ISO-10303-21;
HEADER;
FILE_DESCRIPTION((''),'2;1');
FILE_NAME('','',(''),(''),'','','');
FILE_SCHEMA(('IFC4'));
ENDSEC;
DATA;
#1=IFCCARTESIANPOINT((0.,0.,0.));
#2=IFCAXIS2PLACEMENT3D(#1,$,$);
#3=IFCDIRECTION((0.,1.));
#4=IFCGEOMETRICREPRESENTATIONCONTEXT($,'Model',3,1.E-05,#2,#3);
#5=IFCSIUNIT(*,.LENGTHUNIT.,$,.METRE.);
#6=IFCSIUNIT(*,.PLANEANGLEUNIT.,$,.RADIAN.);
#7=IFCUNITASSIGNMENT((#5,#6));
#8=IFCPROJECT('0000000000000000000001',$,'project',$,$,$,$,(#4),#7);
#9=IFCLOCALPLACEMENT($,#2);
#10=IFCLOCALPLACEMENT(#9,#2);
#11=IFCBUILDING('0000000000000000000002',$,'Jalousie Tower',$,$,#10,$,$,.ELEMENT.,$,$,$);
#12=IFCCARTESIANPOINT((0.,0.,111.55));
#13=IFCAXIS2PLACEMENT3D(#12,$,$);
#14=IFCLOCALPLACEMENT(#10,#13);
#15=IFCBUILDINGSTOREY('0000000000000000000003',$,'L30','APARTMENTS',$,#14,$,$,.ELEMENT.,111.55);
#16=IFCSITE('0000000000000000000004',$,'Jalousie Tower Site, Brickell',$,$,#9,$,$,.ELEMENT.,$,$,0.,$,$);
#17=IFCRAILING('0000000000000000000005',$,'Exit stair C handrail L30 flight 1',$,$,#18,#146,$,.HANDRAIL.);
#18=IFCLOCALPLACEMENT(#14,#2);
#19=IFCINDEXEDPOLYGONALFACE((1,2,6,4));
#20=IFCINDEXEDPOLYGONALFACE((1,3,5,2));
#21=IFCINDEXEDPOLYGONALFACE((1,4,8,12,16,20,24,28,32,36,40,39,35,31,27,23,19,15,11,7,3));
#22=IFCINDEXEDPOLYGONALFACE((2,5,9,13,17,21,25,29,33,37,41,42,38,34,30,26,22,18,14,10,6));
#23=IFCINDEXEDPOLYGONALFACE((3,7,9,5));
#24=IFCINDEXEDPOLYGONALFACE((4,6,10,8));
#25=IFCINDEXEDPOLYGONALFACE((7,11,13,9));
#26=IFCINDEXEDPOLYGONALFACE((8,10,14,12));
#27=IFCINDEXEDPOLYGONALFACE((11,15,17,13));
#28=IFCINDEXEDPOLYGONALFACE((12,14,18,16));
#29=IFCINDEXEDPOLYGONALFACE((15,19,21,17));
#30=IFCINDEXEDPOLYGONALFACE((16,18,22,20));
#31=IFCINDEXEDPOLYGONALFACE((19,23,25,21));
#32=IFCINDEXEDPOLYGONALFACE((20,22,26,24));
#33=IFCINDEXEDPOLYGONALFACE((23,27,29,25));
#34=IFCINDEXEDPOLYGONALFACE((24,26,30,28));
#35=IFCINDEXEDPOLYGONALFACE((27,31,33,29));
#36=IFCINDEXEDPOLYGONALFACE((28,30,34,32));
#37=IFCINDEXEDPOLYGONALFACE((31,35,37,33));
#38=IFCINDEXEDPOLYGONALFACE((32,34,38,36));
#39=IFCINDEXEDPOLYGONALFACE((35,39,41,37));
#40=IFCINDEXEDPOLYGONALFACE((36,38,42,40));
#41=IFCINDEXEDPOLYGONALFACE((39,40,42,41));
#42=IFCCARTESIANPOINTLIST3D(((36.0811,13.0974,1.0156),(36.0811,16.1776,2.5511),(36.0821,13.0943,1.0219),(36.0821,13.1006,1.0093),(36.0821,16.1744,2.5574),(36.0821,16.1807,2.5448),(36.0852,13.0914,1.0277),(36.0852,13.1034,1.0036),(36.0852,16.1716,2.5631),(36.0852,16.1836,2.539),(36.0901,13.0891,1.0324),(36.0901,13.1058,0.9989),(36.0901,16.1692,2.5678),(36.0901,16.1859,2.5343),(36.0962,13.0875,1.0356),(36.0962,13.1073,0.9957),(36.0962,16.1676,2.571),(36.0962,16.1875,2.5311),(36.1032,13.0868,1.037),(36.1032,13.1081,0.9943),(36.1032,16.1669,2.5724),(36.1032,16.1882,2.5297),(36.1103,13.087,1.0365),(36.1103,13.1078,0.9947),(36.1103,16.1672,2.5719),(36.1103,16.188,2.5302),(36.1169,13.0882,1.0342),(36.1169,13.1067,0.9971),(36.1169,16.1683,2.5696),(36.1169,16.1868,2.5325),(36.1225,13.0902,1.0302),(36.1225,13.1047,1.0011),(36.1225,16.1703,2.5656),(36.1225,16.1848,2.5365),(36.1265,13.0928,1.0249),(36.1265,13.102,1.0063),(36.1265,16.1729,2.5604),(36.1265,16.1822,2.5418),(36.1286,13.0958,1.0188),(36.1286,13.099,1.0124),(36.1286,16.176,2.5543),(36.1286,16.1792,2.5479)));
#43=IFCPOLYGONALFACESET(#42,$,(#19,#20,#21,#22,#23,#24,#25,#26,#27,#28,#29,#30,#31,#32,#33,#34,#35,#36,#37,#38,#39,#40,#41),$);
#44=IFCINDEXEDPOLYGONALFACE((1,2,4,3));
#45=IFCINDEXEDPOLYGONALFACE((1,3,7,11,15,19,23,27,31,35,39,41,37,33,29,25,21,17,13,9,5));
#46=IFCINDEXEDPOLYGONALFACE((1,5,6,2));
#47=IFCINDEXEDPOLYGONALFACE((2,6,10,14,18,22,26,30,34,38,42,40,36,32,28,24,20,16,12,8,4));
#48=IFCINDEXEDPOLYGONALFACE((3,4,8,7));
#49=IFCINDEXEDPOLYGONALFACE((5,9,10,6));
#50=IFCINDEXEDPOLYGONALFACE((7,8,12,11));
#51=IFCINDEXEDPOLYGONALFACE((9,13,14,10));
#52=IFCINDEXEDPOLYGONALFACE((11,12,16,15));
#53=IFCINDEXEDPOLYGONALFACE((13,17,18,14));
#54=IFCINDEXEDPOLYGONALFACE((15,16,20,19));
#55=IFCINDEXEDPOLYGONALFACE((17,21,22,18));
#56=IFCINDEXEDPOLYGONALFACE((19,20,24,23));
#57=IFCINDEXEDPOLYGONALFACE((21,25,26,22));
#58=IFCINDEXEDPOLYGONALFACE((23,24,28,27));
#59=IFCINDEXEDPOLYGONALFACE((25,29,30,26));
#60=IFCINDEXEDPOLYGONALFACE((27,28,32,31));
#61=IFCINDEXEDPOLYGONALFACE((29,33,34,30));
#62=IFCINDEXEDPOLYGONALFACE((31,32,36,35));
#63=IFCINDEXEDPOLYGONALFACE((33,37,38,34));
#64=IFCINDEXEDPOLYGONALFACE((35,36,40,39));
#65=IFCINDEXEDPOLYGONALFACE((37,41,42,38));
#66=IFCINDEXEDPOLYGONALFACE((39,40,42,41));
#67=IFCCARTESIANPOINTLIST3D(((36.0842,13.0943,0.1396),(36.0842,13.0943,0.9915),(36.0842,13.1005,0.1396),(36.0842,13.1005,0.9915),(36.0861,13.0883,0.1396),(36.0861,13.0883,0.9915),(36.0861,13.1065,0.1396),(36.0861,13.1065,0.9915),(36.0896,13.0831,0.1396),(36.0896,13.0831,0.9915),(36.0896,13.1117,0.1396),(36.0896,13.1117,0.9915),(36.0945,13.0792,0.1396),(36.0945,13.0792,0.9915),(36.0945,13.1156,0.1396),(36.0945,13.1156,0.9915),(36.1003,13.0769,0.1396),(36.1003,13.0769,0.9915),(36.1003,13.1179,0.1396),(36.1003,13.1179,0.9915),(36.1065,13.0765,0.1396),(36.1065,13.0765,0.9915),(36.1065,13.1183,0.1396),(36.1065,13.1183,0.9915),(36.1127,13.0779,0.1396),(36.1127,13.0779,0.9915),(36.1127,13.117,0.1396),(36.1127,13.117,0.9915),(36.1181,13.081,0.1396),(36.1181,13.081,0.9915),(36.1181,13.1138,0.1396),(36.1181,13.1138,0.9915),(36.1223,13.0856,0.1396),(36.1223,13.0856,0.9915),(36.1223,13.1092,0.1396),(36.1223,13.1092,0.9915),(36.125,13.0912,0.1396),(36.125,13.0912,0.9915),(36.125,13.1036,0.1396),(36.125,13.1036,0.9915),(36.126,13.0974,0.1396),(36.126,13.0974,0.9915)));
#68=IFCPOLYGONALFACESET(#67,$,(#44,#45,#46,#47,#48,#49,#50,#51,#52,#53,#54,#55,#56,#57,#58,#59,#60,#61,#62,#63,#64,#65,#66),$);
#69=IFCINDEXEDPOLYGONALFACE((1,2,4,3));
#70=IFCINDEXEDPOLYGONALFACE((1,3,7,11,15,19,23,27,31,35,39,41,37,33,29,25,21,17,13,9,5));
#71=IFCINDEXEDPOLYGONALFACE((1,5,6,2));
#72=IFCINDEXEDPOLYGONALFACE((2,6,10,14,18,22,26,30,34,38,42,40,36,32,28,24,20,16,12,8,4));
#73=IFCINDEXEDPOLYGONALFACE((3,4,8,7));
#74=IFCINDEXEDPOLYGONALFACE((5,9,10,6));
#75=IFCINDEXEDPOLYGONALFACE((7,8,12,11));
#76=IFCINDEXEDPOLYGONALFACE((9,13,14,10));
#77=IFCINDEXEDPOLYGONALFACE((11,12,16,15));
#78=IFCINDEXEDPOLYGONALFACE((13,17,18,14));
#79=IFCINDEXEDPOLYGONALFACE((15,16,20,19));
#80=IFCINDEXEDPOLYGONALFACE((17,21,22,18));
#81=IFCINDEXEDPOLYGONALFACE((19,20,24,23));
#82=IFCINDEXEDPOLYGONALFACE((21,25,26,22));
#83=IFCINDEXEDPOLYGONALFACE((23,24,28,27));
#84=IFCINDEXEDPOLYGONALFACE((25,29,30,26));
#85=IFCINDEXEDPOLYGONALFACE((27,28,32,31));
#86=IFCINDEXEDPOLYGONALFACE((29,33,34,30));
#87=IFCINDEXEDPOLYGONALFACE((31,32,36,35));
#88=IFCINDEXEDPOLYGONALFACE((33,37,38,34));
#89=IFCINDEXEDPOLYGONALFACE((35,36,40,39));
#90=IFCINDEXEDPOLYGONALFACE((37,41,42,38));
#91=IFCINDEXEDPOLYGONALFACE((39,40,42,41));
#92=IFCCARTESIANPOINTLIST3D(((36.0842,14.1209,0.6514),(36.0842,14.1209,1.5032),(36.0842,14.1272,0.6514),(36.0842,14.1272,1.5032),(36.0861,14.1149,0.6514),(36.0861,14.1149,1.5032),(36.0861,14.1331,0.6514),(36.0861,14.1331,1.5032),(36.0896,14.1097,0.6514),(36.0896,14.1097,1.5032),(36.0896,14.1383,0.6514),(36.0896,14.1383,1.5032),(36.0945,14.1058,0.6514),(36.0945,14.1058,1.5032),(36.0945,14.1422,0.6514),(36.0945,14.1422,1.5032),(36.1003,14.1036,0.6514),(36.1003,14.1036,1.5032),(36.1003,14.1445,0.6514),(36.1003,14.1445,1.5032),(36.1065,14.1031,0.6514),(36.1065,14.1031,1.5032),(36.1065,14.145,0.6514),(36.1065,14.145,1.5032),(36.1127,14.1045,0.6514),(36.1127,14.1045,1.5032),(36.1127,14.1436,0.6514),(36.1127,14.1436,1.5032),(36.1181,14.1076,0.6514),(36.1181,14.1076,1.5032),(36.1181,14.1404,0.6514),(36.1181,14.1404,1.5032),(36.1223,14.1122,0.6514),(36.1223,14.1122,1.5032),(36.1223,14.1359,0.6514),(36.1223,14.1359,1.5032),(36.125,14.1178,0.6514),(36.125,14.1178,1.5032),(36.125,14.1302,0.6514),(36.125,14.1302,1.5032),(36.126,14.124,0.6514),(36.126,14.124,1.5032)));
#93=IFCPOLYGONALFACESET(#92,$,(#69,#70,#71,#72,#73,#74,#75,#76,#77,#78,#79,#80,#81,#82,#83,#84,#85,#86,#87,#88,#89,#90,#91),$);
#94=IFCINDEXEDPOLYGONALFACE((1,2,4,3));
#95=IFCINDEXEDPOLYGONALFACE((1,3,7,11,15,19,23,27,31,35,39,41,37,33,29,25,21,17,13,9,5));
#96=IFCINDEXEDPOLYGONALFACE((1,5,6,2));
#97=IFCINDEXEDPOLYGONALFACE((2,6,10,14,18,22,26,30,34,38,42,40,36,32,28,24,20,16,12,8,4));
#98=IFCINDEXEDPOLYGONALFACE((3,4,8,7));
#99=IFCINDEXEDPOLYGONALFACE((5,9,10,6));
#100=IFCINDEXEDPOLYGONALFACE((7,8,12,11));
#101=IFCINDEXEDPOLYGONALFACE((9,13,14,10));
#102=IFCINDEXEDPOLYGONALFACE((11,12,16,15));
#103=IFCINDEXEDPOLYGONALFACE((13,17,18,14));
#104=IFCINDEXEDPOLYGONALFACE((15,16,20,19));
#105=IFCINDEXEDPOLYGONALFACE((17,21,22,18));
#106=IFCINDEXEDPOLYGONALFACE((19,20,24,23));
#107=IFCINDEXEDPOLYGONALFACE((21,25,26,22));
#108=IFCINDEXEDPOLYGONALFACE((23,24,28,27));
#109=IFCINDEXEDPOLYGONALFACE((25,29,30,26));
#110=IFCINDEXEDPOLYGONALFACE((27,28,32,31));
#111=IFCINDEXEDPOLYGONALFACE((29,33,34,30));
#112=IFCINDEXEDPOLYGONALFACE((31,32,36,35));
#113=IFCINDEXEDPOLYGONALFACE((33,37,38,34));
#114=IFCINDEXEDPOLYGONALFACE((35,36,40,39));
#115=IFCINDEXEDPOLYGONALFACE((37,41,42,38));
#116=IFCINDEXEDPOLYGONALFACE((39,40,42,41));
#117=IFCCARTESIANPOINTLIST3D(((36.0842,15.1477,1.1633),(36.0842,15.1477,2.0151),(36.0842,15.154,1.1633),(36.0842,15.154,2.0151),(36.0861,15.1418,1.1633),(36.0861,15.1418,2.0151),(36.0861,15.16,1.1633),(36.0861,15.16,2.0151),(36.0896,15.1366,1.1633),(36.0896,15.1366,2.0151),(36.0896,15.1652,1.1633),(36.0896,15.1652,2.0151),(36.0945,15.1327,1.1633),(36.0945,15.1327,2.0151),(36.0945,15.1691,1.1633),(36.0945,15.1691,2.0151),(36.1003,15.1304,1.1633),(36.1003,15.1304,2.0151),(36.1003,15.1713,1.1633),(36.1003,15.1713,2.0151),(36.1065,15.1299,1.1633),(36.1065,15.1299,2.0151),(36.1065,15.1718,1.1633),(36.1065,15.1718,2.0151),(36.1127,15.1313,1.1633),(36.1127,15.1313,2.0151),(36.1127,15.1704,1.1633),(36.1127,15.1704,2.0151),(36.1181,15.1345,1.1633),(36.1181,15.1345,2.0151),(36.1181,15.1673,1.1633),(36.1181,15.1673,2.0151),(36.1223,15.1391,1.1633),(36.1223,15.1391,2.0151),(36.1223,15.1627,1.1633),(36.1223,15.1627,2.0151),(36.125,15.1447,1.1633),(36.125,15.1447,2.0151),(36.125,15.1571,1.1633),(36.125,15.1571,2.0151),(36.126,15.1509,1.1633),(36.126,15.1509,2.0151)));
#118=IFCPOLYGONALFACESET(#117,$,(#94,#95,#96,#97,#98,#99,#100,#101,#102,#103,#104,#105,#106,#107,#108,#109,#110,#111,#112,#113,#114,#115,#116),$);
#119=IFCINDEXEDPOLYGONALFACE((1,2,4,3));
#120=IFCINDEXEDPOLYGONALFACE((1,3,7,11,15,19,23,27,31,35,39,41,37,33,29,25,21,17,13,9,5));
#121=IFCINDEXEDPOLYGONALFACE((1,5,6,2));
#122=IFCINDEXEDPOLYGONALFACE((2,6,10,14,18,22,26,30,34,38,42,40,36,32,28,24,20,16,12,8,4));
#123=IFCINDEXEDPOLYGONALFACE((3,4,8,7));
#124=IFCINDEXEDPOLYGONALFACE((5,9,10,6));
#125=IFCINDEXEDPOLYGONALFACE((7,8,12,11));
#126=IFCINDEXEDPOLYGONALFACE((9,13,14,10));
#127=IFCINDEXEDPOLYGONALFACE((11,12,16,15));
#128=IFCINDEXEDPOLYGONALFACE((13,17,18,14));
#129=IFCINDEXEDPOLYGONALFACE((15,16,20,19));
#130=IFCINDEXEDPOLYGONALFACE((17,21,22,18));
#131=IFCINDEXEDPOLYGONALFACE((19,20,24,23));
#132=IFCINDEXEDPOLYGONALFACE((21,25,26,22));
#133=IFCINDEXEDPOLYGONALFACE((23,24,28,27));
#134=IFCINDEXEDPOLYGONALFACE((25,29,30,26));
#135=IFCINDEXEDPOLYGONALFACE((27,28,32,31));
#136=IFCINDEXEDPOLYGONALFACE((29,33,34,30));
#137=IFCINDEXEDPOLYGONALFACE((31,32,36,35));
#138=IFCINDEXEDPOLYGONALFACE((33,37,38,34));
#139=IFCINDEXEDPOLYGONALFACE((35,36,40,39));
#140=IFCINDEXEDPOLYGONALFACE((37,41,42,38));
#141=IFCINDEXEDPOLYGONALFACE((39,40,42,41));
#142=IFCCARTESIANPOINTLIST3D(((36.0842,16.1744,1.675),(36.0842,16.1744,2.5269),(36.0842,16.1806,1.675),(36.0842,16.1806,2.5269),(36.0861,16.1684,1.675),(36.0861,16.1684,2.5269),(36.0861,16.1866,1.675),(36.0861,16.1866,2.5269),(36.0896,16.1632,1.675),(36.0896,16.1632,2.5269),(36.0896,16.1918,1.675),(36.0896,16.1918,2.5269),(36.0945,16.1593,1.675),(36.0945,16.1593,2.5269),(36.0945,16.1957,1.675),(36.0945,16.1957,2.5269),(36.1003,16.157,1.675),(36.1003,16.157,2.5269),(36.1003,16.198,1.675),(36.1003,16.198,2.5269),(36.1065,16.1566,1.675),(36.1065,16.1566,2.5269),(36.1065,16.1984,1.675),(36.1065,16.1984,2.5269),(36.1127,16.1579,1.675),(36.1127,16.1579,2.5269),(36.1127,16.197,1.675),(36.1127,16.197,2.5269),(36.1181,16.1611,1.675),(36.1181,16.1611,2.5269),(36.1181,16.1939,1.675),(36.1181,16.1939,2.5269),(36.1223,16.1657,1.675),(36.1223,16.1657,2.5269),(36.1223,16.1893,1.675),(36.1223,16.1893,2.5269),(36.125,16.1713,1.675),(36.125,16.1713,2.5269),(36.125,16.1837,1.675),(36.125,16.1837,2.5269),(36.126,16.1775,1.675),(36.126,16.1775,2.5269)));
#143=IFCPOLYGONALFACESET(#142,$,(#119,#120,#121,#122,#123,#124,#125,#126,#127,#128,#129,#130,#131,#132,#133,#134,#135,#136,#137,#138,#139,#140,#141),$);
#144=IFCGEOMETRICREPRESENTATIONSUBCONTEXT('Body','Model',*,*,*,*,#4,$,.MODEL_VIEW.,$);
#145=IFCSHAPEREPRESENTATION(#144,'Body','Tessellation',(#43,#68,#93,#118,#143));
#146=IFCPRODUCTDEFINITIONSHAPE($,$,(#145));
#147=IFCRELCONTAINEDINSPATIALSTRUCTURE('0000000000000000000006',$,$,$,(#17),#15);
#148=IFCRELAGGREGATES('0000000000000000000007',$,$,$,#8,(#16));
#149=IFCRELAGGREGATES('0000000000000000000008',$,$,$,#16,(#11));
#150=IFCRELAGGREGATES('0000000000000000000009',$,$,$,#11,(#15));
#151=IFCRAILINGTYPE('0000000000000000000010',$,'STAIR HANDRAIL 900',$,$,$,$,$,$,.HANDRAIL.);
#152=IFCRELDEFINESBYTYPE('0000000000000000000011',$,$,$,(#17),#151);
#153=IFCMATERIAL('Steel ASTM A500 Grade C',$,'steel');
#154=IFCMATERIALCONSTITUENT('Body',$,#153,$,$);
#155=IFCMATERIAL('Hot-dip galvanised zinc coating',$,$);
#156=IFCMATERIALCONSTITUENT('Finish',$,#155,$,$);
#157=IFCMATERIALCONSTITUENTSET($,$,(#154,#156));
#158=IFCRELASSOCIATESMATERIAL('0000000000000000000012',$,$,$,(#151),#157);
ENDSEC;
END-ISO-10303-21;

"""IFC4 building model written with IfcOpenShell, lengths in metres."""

from ifc_helpers import new_model, si_unit, direction, frame, origin, origin_2d, place, context, subcontext, project, spatial, circle, extrude, material, constituent, constituent_set, type_object, element, save


model = new_model("IFC4")

# Units and contexts
model_context = context("Model", 3, precision=1e-05, world=origin(), true_north=direction((0.0, 1.0)))
body_context = subcontext(model_context, "Body", "Model", "MODEL_VIEW")
ifc_project = project(units=[si_unit("LENGTHUNIT", "METRE"), si_unit("PLANEANGLEUNIT", "RADIAN")], contexts=[model_context])

# Site, building, storey
site_placement = place(None, origin())
site = spatial("IfcSite", under=ifc_project, at=site_placement, Name="Jalousie Tower Site, Brickell", CompositionType="ELEMENT", RefElevation=0.0)
building_placement = place(site_placement, origin())
building = spatial("IfcBuilding", under=site, at=building_placement, Name="Jalousie Tower", CompositionType="ELEMENT")
storey_placement = place(building_placement, frame((0.0, 0.0, 111.55)))
storey = spatial("IfcBuildingStorey", under=building, at=storey_placement, Name="L30", Description="APARTMENTS", CompositionType="ELEMENT", Elevation=111.55)

# Railing
ifc_material_1 = material(Name="Steel ASTM A500 Grade C", Category="steel")
ifc_constituent_1 = constituent(ifc_material_1, Name="Body")
ifc_material_2 = material(Name="Hot-dip galvanised zinc coating")
ifc_constituent_2 = constituent(ifc_material_2, Name="Finish")
ifc_constituent_set_1 = constituent_set(constituents=[ifc_constituent_1, ifc_constituent_2])
railing_type_1 = type_object("IfcRailingType", Name="STAIR HANDRAIL 900", PredefinedType="HANDRAIL", material=ifc_constituent_set_1)
railing_1_placement = place(storey_placement, frame((36.105, 13.0974, 0.1396)))
element("IfcRailing", 1, at=railing_1_placement, inside=storey, type_object=railing_type_1, Name="Exit stair C handrail L30 flight 1", PredefinedType="HANDRAIL", context=body_context, shape_type="SweptSolid", body=[
    extrude(circle(Radius=0.0239, at=origin_2d()), frame((0.0, 0.0, 0.876), z_axis=(0.0, 0.894966, 0.446135), x_axis=(-1.0, 0.0, 0.0)), (0.0, 0.0, 1.0), 3.4417),
    extrude(circle(Radius=0.021, at=origin_2d()), origin(), (0.0, 0.0, 1.0), 0.8518),
    extrude(circle(Radius=0.021, at=origin_2d()), frame((0.0, 1.0266, 0.5117)), (0.0, 0.0, 1.0), 0.8518),
    extrude(circle(Radius=0.021, at=origin_2d()), frame((0.0, 2.0535, 1.0237)), (0.0, 0.0, 1.0), 0.8518),
    extrude(circle(Radius=0.021, at=origin_2d()), frame((0.0, 3.0801, 1.5354)), (0.0, 0.0, 1.0), 0.8518),
])

save(model, "model.ifc")
